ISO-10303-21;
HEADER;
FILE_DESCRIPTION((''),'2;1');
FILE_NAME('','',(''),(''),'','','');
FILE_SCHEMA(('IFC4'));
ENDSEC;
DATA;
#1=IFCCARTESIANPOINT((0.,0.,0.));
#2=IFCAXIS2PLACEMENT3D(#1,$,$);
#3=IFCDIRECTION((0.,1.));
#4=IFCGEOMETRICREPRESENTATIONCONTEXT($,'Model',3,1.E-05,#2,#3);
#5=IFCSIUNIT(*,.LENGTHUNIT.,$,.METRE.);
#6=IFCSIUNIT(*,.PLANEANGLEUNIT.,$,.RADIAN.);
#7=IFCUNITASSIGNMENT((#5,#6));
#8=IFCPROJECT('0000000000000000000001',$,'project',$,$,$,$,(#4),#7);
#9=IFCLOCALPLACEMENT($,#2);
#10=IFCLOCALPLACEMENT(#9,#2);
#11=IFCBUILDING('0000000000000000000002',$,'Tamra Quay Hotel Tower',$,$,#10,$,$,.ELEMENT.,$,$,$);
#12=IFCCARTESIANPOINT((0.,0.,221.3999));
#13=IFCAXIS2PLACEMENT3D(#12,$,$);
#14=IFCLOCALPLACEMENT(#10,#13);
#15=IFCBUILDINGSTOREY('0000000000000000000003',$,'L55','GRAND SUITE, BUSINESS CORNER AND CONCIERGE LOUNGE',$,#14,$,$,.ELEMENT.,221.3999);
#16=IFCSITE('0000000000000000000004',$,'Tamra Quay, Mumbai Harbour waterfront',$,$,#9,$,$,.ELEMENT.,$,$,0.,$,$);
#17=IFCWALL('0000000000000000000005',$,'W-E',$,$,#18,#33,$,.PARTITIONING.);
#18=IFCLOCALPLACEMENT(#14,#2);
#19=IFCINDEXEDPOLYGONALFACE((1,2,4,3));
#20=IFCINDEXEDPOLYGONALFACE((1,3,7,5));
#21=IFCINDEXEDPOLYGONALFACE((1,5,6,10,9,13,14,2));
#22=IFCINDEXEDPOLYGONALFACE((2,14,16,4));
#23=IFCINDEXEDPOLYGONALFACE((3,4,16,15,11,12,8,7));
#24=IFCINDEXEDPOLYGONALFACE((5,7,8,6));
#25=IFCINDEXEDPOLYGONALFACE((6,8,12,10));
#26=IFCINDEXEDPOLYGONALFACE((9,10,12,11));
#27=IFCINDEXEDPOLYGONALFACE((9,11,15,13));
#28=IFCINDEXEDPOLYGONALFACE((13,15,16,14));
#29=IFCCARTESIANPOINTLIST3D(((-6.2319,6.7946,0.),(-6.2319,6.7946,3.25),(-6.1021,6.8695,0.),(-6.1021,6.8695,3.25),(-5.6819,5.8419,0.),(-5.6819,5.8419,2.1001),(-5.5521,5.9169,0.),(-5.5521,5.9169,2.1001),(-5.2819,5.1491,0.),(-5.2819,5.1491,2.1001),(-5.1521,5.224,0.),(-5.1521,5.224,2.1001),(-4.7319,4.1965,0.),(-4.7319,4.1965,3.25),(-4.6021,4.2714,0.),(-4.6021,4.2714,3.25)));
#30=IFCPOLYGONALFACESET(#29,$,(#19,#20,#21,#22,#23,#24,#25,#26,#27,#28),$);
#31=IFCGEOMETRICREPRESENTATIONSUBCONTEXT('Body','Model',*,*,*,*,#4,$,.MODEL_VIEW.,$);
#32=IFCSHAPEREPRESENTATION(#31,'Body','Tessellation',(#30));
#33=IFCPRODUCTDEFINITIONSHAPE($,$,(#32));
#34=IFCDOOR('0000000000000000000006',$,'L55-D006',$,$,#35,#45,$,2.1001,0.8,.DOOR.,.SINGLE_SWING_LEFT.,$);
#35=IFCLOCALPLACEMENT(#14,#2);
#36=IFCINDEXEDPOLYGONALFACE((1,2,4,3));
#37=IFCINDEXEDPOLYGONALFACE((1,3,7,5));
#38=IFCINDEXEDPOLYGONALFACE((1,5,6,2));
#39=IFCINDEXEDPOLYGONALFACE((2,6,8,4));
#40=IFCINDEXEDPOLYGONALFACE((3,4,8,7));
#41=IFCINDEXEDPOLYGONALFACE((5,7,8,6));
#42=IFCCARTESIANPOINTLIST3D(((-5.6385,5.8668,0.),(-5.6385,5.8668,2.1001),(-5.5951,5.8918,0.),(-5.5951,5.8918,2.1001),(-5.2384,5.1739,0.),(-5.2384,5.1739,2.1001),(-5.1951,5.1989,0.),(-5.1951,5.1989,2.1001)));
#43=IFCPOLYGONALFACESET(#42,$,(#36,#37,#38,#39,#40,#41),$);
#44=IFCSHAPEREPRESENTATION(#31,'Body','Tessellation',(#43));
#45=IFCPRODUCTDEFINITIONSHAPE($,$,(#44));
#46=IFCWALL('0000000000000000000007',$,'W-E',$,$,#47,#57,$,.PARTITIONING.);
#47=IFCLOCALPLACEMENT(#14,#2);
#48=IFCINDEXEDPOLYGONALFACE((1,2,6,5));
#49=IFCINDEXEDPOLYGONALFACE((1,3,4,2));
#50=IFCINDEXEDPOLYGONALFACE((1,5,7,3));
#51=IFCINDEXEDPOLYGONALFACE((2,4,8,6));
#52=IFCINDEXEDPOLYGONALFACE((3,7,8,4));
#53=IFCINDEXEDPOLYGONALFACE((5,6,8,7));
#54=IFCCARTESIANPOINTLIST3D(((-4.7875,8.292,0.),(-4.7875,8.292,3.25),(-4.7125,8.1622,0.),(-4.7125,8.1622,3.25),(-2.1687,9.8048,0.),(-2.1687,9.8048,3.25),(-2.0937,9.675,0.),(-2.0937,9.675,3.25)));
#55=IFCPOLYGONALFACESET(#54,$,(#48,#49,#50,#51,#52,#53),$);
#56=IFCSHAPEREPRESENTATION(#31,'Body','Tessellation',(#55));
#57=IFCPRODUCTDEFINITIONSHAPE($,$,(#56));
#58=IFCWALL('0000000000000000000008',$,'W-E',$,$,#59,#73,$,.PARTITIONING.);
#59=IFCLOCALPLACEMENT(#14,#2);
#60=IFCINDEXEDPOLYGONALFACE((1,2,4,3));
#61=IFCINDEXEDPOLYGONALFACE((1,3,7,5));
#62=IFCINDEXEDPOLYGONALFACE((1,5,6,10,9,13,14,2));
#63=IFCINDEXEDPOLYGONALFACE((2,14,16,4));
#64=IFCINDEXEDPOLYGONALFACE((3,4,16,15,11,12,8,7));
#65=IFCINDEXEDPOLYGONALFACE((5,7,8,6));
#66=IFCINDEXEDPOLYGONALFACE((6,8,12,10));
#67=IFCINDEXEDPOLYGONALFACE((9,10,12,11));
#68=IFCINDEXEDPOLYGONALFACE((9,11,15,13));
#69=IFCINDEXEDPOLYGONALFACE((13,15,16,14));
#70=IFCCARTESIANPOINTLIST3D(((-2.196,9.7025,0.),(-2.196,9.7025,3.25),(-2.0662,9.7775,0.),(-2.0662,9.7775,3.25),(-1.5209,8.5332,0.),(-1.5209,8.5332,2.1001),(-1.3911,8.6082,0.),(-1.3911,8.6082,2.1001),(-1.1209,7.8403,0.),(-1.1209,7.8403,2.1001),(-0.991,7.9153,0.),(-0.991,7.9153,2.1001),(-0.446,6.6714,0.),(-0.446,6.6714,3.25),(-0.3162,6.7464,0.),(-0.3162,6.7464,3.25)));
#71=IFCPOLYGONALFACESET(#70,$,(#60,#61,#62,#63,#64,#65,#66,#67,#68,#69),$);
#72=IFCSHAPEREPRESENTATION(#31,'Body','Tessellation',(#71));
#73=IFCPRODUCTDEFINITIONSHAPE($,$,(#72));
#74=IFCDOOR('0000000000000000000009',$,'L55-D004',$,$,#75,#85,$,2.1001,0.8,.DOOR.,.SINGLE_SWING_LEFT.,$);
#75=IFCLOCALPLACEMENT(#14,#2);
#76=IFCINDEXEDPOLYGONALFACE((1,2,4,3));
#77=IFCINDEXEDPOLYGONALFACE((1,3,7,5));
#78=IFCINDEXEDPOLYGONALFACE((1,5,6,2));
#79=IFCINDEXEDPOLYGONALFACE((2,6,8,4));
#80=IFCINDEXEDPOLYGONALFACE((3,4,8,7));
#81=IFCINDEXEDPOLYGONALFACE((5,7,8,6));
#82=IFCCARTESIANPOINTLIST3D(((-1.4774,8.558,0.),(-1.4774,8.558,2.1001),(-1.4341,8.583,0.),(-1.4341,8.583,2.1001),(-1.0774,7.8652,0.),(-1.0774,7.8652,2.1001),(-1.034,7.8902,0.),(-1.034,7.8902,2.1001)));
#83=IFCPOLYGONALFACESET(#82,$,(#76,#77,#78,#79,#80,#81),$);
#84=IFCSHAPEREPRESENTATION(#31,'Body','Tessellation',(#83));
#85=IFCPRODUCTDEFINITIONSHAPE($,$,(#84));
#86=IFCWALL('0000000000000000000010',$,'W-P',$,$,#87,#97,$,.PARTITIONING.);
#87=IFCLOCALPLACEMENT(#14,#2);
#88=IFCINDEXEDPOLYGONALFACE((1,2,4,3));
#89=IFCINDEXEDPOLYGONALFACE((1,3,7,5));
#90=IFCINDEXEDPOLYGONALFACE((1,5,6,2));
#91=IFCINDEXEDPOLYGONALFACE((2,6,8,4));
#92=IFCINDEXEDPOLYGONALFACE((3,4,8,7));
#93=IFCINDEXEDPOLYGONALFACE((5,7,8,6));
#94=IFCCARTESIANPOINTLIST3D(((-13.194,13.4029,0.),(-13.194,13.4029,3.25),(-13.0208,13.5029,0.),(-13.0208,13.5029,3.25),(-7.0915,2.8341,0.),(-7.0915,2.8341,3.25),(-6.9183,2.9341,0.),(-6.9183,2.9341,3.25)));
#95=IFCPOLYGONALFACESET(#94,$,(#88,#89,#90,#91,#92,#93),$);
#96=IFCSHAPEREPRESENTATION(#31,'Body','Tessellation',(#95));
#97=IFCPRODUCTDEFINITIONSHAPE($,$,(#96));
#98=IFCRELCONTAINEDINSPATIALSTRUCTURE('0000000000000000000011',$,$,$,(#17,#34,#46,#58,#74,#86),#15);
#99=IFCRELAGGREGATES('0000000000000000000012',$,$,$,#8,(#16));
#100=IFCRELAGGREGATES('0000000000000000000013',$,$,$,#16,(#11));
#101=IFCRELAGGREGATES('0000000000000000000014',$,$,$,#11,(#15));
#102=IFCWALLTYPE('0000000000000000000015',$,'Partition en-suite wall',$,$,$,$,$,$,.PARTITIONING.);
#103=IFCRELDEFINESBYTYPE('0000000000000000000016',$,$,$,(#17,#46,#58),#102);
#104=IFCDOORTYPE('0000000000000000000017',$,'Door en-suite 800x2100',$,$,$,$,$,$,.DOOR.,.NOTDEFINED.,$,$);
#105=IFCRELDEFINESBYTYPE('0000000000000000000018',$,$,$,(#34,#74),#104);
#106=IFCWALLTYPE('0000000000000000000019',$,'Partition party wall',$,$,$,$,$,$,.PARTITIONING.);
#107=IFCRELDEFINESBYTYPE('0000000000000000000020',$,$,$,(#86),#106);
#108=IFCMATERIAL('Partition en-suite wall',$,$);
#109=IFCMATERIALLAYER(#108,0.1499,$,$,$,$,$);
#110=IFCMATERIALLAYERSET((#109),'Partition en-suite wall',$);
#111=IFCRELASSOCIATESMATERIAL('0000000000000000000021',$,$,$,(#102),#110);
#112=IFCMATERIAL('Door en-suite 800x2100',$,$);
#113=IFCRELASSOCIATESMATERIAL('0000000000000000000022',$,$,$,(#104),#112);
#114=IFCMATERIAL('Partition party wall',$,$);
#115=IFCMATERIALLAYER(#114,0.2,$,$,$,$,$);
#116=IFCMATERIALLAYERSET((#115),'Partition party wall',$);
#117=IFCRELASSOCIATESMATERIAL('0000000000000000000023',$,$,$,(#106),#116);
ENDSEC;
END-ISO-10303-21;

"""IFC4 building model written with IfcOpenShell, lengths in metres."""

from ifc_helpers import new_model, si_unit, direction, frame, frame_2d, origin, place, context, subcontext, project, spatial, rectangle, extrude, material, layer, layer_set, type_object, element, fill, save


model = new_model("IFC4")

# Units and contexts
model_context = context("Model", 3, precision=1e-05, world=origin(), true_north=direction((0.0, 1.0)))
body_context = subcontext(model_context, "Body", "Model", "MODEL_VIEW")
ifc_project = project(units=[si_unit("LENGTHUNIT", "METRE"), si_unit("PLANEANGLEUNIT", "RADIAN")], contexts=[model_context])

# Site, building, storey
site_placement = place(None, origin())
site = spatial("IfcSite", under=ifc_project, at=site_placement, Name="Tamra Quay, Mumbai Harbour waterfront", CompositionType="ELEMENT", RefElevation=0.0)
building_placement = place(site_placement, origin())
building = spatial("IfcBuilding", under=site, at=building_placement, Name="Tamra Quay Hotel Tower", CompositionType="ELEMENT")
storey_placement = place(building_placement, frame((0.0, 0.0, 221.3999)))
storey = spatial("IfcBuildingStorey", under=building, at=storey_placement, Name="L55", Description="GRAND SUITE, BUSINESS CORNER AND CONCIERGE LOUNGE", CompositionType="ELEMENT", Elevation=221.3999)

# Shared definitions
ifc_material_1 = material(Name="Partition en-suite wall")
ifc_layer_1 = layer(ifc_material_1, 0.1499)
ifc_layer_set_1 = layer_set([ifc_layer_1], Name="Partition en-suite wall")
wall_type_1 = type_object("IfcWallType", Name="Partition en-suite wall", PredefinedType="PARTITIONING", material=ifc_layer_set_1)
ifc_material_2 = material(Name="Door en-suite 800x2100")
door_type_1 = type_object("IfcDoorType", Name="Door en-suite 800x2100", OperationType="NOTDEFINED", PredefinedType="DOOR", material=ifc_material_2)

# Wall, opening, door
wall_1_placement = place(storey_placement, frame((-6.167, 6.832, 0.0), z_axis=(0.0, 0.0, 1.0), x_axis=(0.49999, -0.866031, 0.0)))
wall_1 = element("IfcWall", 1, at=wall_1_placement, inside=storey, type_object=wall_type_1, Name="W-E", PredefinedType="PARTITIONING", context=body_context, shape_type="SweptSolid", body=[
    extrude(rectangle(XDim=3.0, YDim=0.1499, at=frame_2d((1.5, 0.0))), origin(), (0.0, 0.0, 1.0), 3.25),
])
opening_1_placement = place(wall_1_placement, frame((1.1001, 0.0, 0.0)))
opening_1 = element("IfcOpeningElement", 2, at=opening_1_placement, cuts=wall_1, PredefinedType="OPENING", context=body_context, shape_type="SweptSolid", body=[
    extrude(rectangle(XDim=0.8, YDim=2.1001, at=frame_2d((0.3999, 1.05))), frame((0.0, 0.085, 0.0), z_axis=(0.0, -1.0, 0.0), x_axis=(1.0, 0.0, 0.0)), (0.0, 0.0, 1.0), 0.1699),
])
door_1_placement = place(opening_1_placement, frame((0.8, 0.0, 0.0), z_axis=(0.0, 0.0, 1.0), x_axis=(-1.0, 0.0, 0.0)))
door_1 = element("IfcDoor", 3, at=door_1_placement, inside=storey, type_object=door_type_1, Name="L55-D006", OperationType="SINGLE_SWING_LEFT", OverallHeight=2.1001, OverallWidth=0.8, PredefinedType="DOOR", context=body_context, shape_type="SweptSolid", body=[
    extrude(rectangle(XDim=0.8, YDim=2.1001, at=frame_2d((0.3999, 1.05))), frame((0.0, 0.0249, 0.0), z_axis=(0.0, -1.0, 0.0), x_axis=(1.0, 0.0, 0.0)), (0.0, 0.0, 1.0), 0.05),
])
fill(opening_1, door_1)

# Wall
wall_2_placement = place(storey_placement, frame((-4.75, 8.2271, 0.0), z_axis=(0.0, 0.0, 1.0), x_axis=(0.865894, 0.500228, 0.0)))
element("IfcWall", 4, at=wall_2_placement, inside=storey, type_object=wall_type_1, Name="W-E", PredefinedType="PARTITIONING", context=body_context, shape_type="SweptSolid", body=[
    extrude(rectangle(XDim=3.0244, YDim=0.1499, at=frame_2d((1.5122, 0.0))), origin(), (0.0, 0.0, 1.0), 3.25),
])

# Wall, opening, door
wall_3_placement = place(storey_placement, frame((-2.1311, 9.74, 0.0), z_axis=(0.0, 0.0, 1.0), x_axis=(0.50001, -0.866019, 0.0)))
wall_3 = element("IfcWall", 5, at=wall_3_placement, inside=storey, type_object=wall_type_1, Name="W-E", PredefinedType="PARTITIONING", context=body_context, shape_type="SweptSolid", body=[
    extrude(rectangle(XDim=3.5, YDim=0.1499, at=frame_2d((1.75, 0.0))), origin(), (0.0, 0.0, 1.0), 3.25),
])
opening_2_placement = place(wall_3_placement, frame((1.3503, 0.0, 0.0)))
opening_2 = element("IfcOpeningElement", 6, at=opening_2_placement, cuts=wall_3, PredefinedType="OPENING", context=body_context, shape_type="SweptSolid", body=[
    extrude(rectangle(XDim=0.8, YDim=2.1001, at=frame_2d((0.3999, 1.05))), frame((0.0, 0.085, 0.0), z_axis=(0.0, -1.0, 0.0), x_axis=(1.0, 0.0, 0.0)), (0.0, 0.0, 1.0), 0.1699),
])
door_2_placement = place(opening_2_placement, frame((0.8, 0.0, 0.0), z_axis=(0.0, 0.0, 1.0), x_axis=(-1.0, 0.0, 0.0)))
door_2 = element("IfcDoor", 7, at=door_2_placement, inside=storey, type_object=door_type_1, Name="L55-D004", OperationType="SINGLE_SWING_LEFT", OverallHeight=2.1001, OverallWidth=0.8, PredefinedType="DOOR", context=body_context, shape_type="SweptSolid", body=[
    extrude(rectangle(XDim=0.8, YDim=2.1001, at=frame_2d((0.3999, 1.05))), frame((0.0, 0.0249, 0.0), z_axis=(0.0, -1.0, 0.0), x_axis=(1.0, 0.0, 0.0)), (0.0, 0.0, 1.0), 0.05),
])
fill(opening_2, door_2)

# Wall
ifc_material_3 = material(Name="Partition party wall")
ifc_layer_2 = layer(ifc_material_3, 0.2)
ifc_layer_set_2 = layer_set([ifc_layer_2], Name="Partition party wall")
wall_type_2 = type_object("IfcWallType", Name="Partition party wall", PredefinedType="PARTITIONING", material=ifc_layer_set_2)
wall_4_placement = place(storey_placement, frame((-13.1074, 13.4529, 0.0), z_axis=(0.0, 0.0, 1.0), x_axis=(0.500038, -0.866004, 0.0)))
element("IfcWall", 8, at=wall_4_placement, inside=storey, type_object=wall_type_2, Name="W-P", PredefinedType="PARTITIONING", context=body_context, shape_type="SweptSolid", body=[
    extrude(rectangle(XDim=12.2041, YDim=0.2, at=frame_2d((6.1021, 0.0))), origin(), (0.0, 0.0, 1.0), 3.25),
])

save(model, "model.ifc")
